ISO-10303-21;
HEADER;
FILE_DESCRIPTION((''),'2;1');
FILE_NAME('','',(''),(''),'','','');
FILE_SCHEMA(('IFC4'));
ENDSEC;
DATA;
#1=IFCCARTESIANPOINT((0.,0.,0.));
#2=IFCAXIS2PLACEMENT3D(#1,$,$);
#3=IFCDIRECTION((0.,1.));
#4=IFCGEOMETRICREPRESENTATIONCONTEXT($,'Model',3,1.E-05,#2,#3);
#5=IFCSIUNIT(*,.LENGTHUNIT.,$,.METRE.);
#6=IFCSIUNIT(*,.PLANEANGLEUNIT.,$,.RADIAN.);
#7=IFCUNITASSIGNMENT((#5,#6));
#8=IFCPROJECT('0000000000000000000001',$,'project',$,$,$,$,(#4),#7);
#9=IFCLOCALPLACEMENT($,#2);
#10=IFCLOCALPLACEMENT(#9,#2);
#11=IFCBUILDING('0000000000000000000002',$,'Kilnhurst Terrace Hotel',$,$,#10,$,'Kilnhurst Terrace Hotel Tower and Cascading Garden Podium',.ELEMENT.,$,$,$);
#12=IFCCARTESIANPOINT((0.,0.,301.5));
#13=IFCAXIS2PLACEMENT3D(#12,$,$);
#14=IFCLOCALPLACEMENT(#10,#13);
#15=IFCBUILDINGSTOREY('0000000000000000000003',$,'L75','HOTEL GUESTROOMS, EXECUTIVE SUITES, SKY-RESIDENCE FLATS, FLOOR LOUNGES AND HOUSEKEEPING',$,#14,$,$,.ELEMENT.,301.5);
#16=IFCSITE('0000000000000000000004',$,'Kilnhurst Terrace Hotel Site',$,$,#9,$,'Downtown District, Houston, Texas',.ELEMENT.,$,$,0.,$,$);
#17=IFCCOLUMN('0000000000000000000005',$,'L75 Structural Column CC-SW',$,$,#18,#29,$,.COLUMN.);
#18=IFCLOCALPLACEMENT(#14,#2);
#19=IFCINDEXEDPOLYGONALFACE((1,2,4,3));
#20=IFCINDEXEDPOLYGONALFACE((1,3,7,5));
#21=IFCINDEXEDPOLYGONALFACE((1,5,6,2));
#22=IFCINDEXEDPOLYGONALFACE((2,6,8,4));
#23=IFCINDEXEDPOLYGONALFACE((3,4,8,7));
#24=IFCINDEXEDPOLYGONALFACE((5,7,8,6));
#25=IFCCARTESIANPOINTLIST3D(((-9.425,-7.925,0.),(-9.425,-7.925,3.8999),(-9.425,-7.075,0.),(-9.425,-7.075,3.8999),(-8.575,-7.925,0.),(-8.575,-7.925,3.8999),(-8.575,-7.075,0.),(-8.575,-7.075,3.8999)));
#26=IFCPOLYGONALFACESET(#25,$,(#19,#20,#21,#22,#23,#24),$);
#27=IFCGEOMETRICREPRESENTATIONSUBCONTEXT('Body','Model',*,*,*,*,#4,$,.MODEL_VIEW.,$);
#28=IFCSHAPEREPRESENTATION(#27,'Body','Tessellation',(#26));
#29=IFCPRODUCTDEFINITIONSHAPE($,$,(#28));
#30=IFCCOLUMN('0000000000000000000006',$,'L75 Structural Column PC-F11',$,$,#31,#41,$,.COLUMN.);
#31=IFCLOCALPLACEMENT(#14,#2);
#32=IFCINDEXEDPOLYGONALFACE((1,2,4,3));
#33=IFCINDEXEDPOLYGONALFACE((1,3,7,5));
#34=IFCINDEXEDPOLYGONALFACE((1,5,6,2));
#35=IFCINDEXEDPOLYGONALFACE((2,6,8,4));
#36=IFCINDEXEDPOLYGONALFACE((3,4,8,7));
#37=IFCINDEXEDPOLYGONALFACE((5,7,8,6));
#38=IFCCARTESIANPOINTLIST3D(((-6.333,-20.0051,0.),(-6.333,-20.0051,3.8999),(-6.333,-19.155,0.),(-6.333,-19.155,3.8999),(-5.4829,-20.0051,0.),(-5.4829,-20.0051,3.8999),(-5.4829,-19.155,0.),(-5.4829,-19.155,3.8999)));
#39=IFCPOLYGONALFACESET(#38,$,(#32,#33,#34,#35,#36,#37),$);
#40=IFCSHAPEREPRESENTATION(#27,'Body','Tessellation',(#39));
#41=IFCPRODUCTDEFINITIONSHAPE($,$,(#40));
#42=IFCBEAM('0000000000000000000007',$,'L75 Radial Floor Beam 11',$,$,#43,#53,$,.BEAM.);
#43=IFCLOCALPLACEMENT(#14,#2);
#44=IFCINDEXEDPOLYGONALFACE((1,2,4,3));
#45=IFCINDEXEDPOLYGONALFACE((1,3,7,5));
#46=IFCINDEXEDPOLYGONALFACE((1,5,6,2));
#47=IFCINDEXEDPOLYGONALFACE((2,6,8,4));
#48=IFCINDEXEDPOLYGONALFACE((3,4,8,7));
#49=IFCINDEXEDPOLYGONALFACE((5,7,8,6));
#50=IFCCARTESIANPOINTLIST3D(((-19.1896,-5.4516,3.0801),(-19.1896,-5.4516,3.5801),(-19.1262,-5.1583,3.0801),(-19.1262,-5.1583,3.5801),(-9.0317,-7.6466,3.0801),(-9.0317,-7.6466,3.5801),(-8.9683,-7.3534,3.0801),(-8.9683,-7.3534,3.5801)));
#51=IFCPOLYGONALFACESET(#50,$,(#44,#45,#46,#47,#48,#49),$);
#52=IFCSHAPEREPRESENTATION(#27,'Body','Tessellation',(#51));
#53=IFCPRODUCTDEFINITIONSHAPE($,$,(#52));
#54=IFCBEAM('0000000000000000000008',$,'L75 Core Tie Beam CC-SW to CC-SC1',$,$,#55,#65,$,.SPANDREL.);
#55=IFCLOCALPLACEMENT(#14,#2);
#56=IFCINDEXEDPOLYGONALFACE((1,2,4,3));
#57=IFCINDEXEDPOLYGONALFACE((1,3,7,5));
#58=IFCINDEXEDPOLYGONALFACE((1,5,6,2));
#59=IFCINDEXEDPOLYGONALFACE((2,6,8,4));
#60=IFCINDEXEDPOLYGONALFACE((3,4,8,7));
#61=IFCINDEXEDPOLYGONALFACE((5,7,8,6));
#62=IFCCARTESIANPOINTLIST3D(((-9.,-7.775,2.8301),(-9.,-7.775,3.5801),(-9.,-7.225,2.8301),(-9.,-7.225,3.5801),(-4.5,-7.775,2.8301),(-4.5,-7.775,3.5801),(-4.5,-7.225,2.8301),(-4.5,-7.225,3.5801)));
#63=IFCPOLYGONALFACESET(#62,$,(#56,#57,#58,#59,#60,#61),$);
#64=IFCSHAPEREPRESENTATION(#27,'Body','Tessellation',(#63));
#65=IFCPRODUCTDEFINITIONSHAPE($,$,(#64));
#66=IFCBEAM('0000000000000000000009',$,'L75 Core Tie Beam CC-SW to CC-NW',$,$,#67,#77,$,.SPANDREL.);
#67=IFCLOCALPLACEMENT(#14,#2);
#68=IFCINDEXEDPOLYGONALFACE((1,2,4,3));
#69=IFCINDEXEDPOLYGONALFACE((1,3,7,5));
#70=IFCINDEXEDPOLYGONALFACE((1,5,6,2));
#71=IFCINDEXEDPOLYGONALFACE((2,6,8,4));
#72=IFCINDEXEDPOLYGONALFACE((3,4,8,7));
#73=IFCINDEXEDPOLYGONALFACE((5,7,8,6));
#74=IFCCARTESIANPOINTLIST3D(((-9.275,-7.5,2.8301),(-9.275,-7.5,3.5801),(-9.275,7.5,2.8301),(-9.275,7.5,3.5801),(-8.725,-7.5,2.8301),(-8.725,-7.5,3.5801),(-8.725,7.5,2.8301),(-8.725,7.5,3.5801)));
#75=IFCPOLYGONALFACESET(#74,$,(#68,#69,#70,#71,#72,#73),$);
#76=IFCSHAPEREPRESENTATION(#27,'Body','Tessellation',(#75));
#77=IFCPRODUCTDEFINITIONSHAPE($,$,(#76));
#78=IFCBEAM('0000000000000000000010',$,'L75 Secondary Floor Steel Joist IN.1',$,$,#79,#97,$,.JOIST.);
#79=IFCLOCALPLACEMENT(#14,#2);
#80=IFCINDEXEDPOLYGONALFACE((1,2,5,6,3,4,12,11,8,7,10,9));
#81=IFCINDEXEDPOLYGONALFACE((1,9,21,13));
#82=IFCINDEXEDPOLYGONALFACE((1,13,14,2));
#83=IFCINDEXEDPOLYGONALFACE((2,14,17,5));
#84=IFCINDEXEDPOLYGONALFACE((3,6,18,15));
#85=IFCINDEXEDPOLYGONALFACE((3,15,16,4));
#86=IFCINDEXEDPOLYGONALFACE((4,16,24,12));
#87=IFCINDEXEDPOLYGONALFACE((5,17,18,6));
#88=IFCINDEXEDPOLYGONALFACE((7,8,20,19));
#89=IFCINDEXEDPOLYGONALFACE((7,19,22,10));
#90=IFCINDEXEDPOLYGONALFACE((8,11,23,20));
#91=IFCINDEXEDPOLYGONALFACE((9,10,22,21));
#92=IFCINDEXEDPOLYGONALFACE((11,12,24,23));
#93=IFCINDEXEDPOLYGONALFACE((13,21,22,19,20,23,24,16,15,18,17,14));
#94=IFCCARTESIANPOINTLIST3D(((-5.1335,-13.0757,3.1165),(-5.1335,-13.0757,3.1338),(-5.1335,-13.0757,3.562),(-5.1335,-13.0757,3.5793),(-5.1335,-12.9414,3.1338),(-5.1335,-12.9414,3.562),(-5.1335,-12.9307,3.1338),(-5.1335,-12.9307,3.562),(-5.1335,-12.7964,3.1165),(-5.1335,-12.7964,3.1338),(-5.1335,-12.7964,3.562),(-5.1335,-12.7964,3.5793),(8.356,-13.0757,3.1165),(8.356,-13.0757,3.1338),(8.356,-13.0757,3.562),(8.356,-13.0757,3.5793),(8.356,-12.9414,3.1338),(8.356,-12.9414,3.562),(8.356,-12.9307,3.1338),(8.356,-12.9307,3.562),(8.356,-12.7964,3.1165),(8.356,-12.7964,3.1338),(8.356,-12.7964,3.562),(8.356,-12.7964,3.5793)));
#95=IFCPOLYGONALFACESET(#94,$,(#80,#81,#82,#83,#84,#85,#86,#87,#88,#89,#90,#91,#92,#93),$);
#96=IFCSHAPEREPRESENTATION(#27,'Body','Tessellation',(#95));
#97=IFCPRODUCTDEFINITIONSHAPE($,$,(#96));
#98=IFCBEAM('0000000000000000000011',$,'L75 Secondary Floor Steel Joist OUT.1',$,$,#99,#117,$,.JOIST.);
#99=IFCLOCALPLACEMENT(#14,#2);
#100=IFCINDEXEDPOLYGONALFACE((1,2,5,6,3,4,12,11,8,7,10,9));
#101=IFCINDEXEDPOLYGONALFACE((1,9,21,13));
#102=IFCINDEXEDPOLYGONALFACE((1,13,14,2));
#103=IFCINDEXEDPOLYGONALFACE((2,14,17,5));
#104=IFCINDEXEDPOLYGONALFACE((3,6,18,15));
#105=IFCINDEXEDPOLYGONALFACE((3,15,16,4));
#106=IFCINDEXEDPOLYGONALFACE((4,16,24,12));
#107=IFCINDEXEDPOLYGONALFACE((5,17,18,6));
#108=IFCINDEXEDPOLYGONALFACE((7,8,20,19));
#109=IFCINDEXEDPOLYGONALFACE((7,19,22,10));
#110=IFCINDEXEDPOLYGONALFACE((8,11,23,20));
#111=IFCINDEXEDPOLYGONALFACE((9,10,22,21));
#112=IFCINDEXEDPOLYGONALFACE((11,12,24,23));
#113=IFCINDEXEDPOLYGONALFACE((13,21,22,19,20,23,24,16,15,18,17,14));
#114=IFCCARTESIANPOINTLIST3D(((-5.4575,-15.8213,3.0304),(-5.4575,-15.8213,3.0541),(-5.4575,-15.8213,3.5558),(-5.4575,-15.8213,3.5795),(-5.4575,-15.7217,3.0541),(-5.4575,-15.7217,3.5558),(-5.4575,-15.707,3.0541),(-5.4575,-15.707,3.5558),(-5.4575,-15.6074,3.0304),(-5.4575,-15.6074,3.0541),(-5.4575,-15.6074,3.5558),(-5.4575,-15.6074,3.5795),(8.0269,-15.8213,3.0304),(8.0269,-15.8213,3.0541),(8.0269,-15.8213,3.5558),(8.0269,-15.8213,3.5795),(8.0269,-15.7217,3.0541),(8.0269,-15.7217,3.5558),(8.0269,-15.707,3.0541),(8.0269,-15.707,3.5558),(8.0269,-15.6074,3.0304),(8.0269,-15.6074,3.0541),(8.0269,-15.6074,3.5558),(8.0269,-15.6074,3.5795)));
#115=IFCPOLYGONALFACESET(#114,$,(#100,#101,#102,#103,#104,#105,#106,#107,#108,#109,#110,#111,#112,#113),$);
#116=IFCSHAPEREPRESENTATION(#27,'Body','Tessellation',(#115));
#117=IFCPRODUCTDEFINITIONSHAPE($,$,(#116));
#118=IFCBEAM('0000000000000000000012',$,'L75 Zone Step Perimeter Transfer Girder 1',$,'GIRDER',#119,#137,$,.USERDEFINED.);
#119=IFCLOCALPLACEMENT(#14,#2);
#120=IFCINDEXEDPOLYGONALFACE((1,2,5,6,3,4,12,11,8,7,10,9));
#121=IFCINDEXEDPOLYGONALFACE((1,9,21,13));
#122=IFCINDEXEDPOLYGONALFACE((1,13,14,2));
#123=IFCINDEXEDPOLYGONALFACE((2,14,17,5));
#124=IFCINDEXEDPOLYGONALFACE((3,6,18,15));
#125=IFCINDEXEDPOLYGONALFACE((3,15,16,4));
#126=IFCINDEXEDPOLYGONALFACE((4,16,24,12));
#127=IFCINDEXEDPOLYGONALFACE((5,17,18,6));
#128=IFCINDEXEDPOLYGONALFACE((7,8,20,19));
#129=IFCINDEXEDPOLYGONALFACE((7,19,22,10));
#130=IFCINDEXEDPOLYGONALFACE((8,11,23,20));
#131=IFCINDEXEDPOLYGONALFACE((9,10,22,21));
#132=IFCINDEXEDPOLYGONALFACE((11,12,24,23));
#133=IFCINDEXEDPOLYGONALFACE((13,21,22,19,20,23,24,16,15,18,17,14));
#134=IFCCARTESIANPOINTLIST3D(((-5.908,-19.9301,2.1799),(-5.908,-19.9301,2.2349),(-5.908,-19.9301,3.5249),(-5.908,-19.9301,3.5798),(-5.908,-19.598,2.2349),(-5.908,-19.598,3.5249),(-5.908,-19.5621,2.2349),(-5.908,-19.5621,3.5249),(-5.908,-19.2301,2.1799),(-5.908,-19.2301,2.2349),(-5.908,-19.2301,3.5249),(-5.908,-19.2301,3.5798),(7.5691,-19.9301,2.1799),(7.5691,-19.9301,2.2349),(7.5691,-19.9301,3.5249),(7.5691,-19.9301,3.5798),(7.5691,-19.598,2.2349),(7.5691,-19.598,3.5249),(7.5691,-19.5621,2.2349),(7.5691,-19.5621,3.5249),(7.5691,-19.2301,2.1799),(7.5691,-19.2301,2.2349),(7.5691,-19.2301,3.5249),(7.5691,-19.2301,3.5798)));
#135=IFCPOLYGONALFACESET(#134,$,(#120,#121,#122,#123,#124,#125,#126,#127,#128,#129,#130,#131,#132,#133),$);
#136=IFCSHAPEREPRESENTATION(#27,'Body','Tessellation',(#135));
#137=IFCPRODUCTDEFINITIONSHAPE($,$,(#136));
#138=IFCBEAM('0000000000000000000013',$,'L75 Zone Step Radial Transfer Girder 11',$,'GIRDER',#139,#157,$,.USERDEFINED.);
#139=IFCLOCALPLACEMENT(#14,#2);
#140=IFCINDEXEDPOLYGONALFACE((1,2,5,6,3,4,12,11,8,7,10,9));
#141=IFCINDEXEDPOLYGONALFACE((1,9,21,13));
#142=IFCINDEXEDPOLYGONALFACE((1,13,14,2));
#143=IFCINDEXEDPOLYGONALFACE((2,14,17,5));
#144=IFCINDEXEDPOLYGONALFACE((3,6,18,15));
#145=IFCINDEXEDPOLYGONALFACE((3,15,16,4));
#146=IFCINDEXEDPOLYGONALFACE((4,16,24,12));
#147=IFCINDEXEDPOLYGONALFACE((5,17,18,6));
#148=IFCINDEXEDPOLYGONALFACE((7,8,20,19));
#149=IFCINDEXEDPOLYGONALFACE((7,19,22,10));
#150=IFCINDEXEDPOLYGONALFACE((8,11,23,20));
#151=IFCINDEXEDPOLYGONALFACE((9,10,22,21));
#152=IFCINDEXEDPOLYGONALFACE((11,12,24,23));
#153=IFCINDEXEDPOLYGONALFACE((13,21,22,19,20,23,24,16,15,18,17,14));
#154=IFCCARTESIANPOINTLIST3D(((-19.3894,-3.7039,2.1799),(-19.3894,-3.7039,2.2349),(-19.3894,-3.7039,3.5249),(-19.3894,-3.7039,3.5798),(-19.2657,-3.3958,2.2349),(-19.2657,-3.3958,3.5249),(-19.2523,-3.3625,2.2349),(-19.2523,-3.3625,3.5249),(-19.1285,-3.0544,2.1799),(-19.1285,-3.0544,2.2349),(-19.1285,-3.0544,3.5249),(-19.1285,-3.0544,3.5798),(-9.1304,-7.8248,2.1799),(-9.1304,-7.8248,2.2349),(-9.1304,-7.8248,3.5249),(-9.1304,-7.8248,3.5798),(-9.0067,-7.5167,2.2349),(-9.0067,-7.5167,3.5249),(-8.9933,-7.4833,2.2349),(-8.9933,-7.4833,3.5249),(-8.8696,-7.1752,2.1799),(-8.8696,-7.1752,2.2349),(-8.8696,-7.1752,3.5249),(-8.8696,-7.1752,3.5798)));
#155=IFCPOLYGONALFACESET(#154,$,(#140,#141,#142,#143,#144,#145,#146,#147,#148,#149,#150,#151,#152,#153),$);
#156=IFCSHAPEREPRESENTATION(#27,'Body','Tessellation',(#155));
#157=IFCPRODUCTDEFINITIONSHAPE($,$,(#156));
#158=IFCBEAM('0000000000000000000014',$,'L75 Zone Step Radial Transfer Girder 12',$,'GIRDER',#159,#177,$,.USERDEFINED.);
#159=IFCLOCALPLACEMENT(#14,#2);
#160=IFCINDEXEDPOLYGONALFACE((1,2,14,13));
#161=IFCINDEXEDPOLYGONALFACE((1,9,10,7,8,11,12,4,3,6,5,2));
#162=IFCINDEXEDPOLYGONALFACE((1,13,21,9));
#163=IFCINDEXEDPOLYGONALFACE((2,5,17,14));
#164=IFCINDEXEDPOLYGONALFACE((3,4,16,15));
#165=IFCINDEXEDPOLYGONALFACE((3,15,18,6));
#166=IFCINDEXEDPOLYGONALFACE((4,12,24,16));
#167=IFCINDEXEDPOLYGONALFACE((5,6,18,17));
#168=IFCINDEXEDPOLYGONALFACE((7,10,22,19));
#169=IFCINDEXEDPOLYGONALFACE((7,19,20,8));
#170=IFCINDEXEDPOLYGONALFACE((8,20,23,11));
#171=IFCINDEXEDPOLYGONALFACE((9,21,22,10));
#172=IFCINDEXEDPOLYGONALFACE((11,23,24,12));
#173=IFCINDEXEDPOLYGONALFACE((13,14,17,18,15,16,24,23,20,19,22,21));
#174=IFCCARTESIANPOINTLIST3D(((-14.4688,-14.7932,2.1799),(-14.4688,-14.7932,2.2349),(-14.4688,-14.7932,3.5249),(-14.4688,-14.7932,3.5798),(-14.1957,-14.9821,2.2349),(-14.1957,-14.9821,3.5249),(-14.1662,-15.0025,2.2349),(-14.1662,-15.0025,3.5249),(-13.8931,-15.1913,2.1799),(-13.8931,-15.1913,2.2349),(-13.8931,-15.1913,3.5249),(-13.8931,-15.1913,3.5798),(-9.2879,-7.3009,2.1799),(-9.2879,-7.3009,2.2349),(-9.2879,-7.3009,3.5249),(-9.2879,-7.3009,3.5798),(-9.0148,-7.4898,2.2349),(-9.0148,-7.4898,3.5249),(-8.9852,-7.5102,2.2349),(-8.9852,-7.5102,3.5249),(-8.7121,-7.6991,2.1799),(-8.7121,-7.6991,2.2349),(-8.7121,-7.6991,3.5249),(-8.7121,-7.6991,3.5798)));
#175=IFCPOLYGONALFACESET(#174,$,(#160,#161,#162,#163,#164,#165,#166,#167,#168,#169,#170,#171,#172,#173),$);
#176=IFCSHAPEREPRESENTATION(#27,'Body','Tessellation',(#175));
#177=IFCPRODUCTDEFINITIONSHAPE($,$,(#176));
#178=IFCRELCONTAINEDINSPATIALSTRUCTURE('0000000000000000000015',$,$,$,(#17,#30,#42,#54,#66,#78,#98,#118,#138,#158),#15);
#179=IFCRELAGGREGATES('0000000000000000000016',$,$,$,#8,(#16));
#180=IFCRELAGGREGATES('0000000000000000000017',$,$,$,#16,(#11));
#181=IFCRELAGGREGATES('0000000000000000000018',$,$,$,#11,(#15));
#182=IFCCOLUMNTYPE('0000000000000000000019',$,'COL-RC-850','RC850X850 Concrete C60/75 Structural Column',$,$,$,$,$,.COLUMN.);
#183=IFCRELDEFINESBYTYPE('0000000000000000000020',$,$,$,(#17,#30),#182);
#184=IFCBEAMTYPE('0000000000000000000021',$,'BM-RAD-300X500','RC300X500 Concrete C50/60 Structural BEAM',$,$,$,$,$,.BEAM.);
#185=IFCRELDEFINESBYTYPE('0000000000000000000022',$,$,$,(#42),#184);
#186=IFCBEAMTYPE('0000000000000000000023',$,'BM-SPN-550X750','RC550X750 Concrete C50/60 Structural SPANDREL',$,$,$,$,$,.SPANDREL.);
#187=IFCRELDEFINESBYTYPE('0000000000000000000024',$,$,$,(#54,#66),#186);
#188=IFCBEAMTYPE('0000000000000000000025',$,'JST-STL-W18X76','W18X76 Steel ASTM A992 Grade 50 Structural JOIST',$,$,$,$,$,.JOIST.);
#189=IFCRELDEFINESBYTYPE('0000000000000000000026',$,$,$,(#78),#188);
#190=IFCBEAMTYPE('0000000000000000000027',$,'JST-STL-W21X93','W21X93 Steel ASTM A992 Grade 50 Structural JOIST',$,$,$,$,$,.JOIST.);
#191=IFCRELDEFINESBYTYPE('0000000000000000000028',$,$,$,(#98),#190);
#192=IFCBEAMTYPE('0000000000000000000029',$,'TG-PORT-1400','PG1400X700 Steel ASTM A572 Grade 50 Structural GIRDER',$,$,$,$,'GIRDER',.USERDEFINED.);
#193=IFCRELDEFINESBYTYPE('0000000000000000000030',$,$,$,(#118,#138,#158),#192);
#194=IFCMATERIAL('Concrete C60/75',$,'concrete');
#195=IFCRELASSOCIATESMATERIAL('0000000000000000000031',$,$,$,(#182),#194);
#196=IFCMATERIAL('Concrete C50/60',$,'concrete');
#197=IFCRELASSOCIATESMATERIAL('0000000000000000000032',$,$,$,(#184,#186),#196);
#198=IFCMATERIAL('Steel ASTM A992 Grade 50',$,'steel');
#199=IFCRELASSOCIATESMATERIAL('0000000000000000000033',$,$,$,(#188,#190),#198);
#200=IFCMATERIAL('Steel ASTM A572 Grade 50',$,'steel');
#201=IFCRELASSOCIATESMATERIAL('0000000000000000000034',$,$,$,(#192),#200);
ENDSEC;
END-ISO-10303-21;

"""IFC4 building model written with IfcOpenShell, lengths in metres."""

from ifc_helpers import new_model, si_unit, direction, frame, origin, origin_2d, place, context, subcontext, project, spatial, rectangle, i_section, extrude, material, material_profile, profile_set, type_object, element, save


model = new_model("IFC4")

# Units and contexts
model_context = context("Model", 3, precision=1e-05, world=origin(), true_north=direction((0.0, 1.0)))
body_context = subcontext(model_context, "Body", "Model", "MODEL_VIEW")
ifc_project = project(units=[si_unit("LENGTHUNIT", "METRE"), si_unit("PLANEANGLEUNIT", "RADIAN")], contexts=[model_context])

# Site, building, storey
site_placement = place(None, origin())
site = spatial("IfcSite", under=ifc_project, at=site_placement, Name="Kilnhurst Terrace Hotel Site", LongName="Downtown District, Houston, Texas", CompositionType="ELEMENT", RefElevation=0.0)
building_placement = place(site_placement, origin())
building = spatial("IfcBuilding", under=site, at=building_placement, Name="Kilnhurst Terrace Hotel", LongName="Kilnhurst Terrace Hotel Tower and Cascading Garden Podium", CompositionType="ELEMENT")
storey_placement = place(building_placement, frame((0.0, 0.0, 301.5)))
storey = spatial("IfcBuildingStorey", under=building, at=storey_placement, Name="L75", Description="HOTEL GUESTROOMS, EXECUTIVE SUITES, SKY-RESIDENCE FLATS, FLOOR LOUNGES AND HOUSEKEEPING", CompositionType="ELEMENT", Elevation=301.5)

# Columns
ifc_material_1 = material(Name="Concrete C60/75", Category="concrete")
ifc_material_profile_1 = material_profile(ifc_material_1, rectangle(XDim=0.8501, YDim=0.8501, at=origin_2d()), Name="RC850X850")
ifc_profile_set_1 = profile_set([ifc_material_profile_1], Name="Concrete C60/75")
column_type = type_object("IfcColumnType", Name="COL-RC-850", Description="RC850X850 Concrete C60/75 Structural Column", PredefinedType="COLUMN", material=ifc_profile_set_1)
for number, where, z_axis, x_axis, name in (
    (1, (-9.0, -7.5, 0.0), (0.0, 0.0, 1.0), (1.0, 0.0, 0.0), "L75 Structural Column CC-SW"),
    (2, (-5.908, -19.5801, 0.0), (0.0, 0.0, 1.0), (1.0, 0.0, 0.0), "L75 Structural Column PC-F11"),
):
    element("IfcColumn", number, at=place(storey_placement, frame(where, z_axis=z_axis, x_axis=x_axis)), inside=storey, type_object=column_type, Name=name, PredefinedType="COLUMN", context=body_context, shape_type="SweptSolid", body=[
        extrude(rectangle(XDim=0.8501, YDim=0.8501, at=origin_2d()), origin(), (0.0, 0.0, 1.0), 3.8999),
    ])

# Beams
ifc_material_2 = material(Name="Concrete C50/60", Category="concrete")
ifc_material_profile_2 = material_profile(ifc_material_2, rectangle(XDim=0.3, YDim=0.5, at=origin_2d()), Name="RC300X500")
ifc_profile_set_2 = profile_set([ifc_material_profile_2], Name="Concrete C50/60")
beam_type_1 = type_object("IfcBeamType", Name="BM-RAD-300X500", Description="RC300X500 Concrete C50/60 Structural BEAM", PredefinedType="BEAM", material=ifc_profile_set_2)
beam_1_placement = place(storey_placement, frame((-9.0, -7.5, 3.3301), z_axis=(-0.977439, 0.211218, 0.0), x_axis=(-0.211218, -0.977439, 0.0)))
element("IfcBeam", 3, at=beam_1_placement, inside=storey, type_object=beam_type_1, Name="L75 Radial Floor Beam 11", PredefinedType="BEAM", context=body_context, shape_type="SweptSolid", body=[
    extrude(rectangle(XDim=0.3, YDim=0.5, at=origin_2d()), origin(), (0.0, 0.0, 1.0), 10.3923),
])
ifc_material_profile_3 = material_profile(ifc_material_2, rectangle(XDim=0.55, YDim=0.75, at=origin_2d()), Name="RC550X750")
ifc_profile_set_3 = profile_set([ifc_material_profile_3], Name="Concrete C50/60")
beam_type_2 = type_object("IfcBeamType", Name="BM-SPN-550X750", Description="RC550X750 Concrete C50/60 Structural SPANDREL", PredefinedType="SPANDREL", material=ifc_profile_set_3)
beam_2_placement = place(storey_placement, frame((-9.0, -7.5, 3.2051), z_axis=(1.0, 0.0, 0.0), x_axis=(0.0, 1.0, 0.0)))
element("IfcBeam", 4, at=beam_2_placement, inside=storey, type_object=beam_type_2, Name="L75 Core Tie Beam CC-SW to CC-SC1", PredefinedType="SPANDREL", context=body_context, shape_type="SweptSolid", body=[
    extrude(rectangle(XDim=0.55, YDim=0.75, at=origin_2d()), origin(), (0.0, 0.0, 1.0), 4.5),
])
beam_3_placement = place(storey_placement, frame((-9.0, -7.5, 3.2051), z_axis=(0.0, 1.0, 0.0), x_axis=(-1.0, 0.0, 0.0)))
element("IfcBeam", 5, at=beam_3_placement, inside=storey, type_object=beam_type_2, Name="L75 Core Tie Beam CC-SW to CC-NW", PredefinedType="SPANDREL", context=body_context, shape_type="SweptSolid", body=[
    extrude(rectangle(XDim=0.55, YDim=0.75, at=origin_2d()), origin(), (0.0, 0.0, 1.0), 15.0),
])
ifc_material_3 = material(Name="Steel ASTM A992 Grade 50", Category="steel")
ifc_material_profile_4 = material_profile(ifc_material_3, i_section(OverallWidth=0.2793, OverallDepth=0.4629, WebThickness=0.0107, FlangeThickness=0.0173, at=origin_2d()), Name="W18X76")
ifc_profile_set_4 = profile_set([ifc_material_profile_4], Name="Steel ASTM A992 Grade 50")
beam_type_3 = type_object("IfcBeamType", Name="JST-STL-W18X76", Description="W18X76 Steel ASTM A992 Grade 50 Structural JOIST", PredefinedType="JOIST", material=ifc_profile_set_4)
beam_4_placement = place(storey_placement, frame((-5.1335, -12.936, 3.3479), z_axis=(1.0, 0.0, 0.0), x_axis=(0.0, 1.0, 0.0)))
element("IfcBeam", 6, at=beam_4_placement, inside=storey, type_object=beam_type_3, Name="L75 Secondary Floor Steel Joist IN.1", PredefinedType="JOIST", context=body_context, shape_type="SweptSolid", body=[
    extrude(i_section(OverallWidth=0.2793, OverallDepth=0.4629, WebThickness=0.0107, FlangeThickness=0.0173, at=origin_2d()), origin(), (0.0, 0.0, 1.0), 13.4895),
])
ifc_material_profile_5 = material_profile(ifc_material_3, i_section(OverallWidth=0.2139, OverallDepth=0.5491, WebThickness=0.0146, FlangeThickness=0.0237, at=origin_2d()), Name="W21X93")
ifc_profile_set_5 = profile_set([ifc_material_profile_5], Name="Steel ASTM A992 Grade 50")
beam_type_4 = type_object("IfcBeamType", Name="JST-STL-W21X93", Description="W21X93 Steel ASTM A992 Grade 50 Structural JOIST", PredefinedType="JOIST", material=ifc_profile_set_5)
beam_5_placement = place(storey_placement, frame((-5.4575, -15.7144, 3.3049), z_axis=(1.0, 0.0, 0.0), x_axis=(0.0, 1.0, 0.0)))
element("IfcBeam", 7, at=beam_5_placement, inside=storey, type_object=beam_type_4, Name="L75 Secondary Floor Steel Joist OUT.1", PredefinedType="JOIST", context=body_context, shape_type="SweptSolid", body=[
    extrude(i_section(OverallWidth=0.2139, OverallDepth=0.5491, WebThickness=0.0146, FlangeThickness=0.0237, at=origin_2d()), origin(), (0.0, 0.0, 1.0), 13.4844),
])
ifc_material_4 = material(Name="Steel ASTM A572 Grade 50", Category="steel")
ifc_material_profile_6 = material_profile(ifc_material_4, i_section(OverallWidth=0.7, OverallDepth=1.3999, WebThickness=0.0359, FlangeThickness=0.0549, at=origin_2d()), Name="PG1400X700")
ifc_profile_set_6 = profile_set([ifc_material_profile_6], Name="Steel ASTM A572 Grade 50")
beam_type_5 = type_object("IfcBeamType", Name="TG-PORT-1400", Description="PG1400X700 Steel ASTM A572 Grade 50 Structural GIRDER", ElementType="GIRDER", PredefinedType="USERDEFINED", material=ifc_profile_set_6)
beam_6_placement = place(storey_placement, frame((-5.908, -19.5801, 2.8799), z_axis=(1.0, 0.0, 0.0), x_axis=(0.0, 1.0, 0.0)))
element("IfcBeam", 8, at=beam_6_placement, inside=storey, type_object=beam_type_5, Name="L75 Zone Step Perimeter Transfer Girder 1", ObjectType="GIRDER", PredefinedType="USERDEFINED", context=body_context, shape_type="SweptSolid", body=[
    extrude(i_section(OverallWidth=0.7, OverallDepth=1.3999, WebThickness=0.0359, FlangeThickness=0.0549, at=origin_2d()), origin(), (0.0, 0.0, 1.0), 13.4771),
])
beam_7_placement = place(storey_placement, frame((-9.0, -7.5, 2.8799), z_axis=(-0.927938, 0.372734, 0.0), x_axis=(-0.372734, -0.927938, 0.0)))
element("IfcBeam", 9, at=beam_7_placement, inside=storey, type_object=beam_type_5, Name="L75 Zone Step Radial Transfer Girder 11", ObjectType="GIRDER", PredefinedType="USERDEFINED", context=body_context, shape_type="SweptSolid", body=[
    extrude(i_section(OverallWidth=0.7, OverallDepth=1.3999, WebThickness=0.0359, FlangeThickness=0.0549, at=origin_2d()), origin(), (0.0, 0.0, 1.0), 11.0557),
])
beam_8_placement = place(storey_placement, frame((-9.0, -7.5, 2.8799), z_axis=(-0.568765, -0.8225, 0.0), x_axis=(0.8225, -0.568765, 0.0)))
element("IfcBeam", 10, at=beam_8_placement, inside=storey, type_object=beam_type_5, Name="L75 Zone Step Radial Transfer Girder 12", ObjectType="GIRDER", PredefinedType="USERDEFINED", context=body_context, shape_type="SweptSolid", body=[
    extrude(i_section(OverallWidth=0.7, OverallDepth=1.3999, WebThickness=0.0359, FlangeThickness=0.0549, at=origin_2d()), origin(), (0.0, 0.0, 1.0), 9.1091),
])

save(model, "model.ifc")
